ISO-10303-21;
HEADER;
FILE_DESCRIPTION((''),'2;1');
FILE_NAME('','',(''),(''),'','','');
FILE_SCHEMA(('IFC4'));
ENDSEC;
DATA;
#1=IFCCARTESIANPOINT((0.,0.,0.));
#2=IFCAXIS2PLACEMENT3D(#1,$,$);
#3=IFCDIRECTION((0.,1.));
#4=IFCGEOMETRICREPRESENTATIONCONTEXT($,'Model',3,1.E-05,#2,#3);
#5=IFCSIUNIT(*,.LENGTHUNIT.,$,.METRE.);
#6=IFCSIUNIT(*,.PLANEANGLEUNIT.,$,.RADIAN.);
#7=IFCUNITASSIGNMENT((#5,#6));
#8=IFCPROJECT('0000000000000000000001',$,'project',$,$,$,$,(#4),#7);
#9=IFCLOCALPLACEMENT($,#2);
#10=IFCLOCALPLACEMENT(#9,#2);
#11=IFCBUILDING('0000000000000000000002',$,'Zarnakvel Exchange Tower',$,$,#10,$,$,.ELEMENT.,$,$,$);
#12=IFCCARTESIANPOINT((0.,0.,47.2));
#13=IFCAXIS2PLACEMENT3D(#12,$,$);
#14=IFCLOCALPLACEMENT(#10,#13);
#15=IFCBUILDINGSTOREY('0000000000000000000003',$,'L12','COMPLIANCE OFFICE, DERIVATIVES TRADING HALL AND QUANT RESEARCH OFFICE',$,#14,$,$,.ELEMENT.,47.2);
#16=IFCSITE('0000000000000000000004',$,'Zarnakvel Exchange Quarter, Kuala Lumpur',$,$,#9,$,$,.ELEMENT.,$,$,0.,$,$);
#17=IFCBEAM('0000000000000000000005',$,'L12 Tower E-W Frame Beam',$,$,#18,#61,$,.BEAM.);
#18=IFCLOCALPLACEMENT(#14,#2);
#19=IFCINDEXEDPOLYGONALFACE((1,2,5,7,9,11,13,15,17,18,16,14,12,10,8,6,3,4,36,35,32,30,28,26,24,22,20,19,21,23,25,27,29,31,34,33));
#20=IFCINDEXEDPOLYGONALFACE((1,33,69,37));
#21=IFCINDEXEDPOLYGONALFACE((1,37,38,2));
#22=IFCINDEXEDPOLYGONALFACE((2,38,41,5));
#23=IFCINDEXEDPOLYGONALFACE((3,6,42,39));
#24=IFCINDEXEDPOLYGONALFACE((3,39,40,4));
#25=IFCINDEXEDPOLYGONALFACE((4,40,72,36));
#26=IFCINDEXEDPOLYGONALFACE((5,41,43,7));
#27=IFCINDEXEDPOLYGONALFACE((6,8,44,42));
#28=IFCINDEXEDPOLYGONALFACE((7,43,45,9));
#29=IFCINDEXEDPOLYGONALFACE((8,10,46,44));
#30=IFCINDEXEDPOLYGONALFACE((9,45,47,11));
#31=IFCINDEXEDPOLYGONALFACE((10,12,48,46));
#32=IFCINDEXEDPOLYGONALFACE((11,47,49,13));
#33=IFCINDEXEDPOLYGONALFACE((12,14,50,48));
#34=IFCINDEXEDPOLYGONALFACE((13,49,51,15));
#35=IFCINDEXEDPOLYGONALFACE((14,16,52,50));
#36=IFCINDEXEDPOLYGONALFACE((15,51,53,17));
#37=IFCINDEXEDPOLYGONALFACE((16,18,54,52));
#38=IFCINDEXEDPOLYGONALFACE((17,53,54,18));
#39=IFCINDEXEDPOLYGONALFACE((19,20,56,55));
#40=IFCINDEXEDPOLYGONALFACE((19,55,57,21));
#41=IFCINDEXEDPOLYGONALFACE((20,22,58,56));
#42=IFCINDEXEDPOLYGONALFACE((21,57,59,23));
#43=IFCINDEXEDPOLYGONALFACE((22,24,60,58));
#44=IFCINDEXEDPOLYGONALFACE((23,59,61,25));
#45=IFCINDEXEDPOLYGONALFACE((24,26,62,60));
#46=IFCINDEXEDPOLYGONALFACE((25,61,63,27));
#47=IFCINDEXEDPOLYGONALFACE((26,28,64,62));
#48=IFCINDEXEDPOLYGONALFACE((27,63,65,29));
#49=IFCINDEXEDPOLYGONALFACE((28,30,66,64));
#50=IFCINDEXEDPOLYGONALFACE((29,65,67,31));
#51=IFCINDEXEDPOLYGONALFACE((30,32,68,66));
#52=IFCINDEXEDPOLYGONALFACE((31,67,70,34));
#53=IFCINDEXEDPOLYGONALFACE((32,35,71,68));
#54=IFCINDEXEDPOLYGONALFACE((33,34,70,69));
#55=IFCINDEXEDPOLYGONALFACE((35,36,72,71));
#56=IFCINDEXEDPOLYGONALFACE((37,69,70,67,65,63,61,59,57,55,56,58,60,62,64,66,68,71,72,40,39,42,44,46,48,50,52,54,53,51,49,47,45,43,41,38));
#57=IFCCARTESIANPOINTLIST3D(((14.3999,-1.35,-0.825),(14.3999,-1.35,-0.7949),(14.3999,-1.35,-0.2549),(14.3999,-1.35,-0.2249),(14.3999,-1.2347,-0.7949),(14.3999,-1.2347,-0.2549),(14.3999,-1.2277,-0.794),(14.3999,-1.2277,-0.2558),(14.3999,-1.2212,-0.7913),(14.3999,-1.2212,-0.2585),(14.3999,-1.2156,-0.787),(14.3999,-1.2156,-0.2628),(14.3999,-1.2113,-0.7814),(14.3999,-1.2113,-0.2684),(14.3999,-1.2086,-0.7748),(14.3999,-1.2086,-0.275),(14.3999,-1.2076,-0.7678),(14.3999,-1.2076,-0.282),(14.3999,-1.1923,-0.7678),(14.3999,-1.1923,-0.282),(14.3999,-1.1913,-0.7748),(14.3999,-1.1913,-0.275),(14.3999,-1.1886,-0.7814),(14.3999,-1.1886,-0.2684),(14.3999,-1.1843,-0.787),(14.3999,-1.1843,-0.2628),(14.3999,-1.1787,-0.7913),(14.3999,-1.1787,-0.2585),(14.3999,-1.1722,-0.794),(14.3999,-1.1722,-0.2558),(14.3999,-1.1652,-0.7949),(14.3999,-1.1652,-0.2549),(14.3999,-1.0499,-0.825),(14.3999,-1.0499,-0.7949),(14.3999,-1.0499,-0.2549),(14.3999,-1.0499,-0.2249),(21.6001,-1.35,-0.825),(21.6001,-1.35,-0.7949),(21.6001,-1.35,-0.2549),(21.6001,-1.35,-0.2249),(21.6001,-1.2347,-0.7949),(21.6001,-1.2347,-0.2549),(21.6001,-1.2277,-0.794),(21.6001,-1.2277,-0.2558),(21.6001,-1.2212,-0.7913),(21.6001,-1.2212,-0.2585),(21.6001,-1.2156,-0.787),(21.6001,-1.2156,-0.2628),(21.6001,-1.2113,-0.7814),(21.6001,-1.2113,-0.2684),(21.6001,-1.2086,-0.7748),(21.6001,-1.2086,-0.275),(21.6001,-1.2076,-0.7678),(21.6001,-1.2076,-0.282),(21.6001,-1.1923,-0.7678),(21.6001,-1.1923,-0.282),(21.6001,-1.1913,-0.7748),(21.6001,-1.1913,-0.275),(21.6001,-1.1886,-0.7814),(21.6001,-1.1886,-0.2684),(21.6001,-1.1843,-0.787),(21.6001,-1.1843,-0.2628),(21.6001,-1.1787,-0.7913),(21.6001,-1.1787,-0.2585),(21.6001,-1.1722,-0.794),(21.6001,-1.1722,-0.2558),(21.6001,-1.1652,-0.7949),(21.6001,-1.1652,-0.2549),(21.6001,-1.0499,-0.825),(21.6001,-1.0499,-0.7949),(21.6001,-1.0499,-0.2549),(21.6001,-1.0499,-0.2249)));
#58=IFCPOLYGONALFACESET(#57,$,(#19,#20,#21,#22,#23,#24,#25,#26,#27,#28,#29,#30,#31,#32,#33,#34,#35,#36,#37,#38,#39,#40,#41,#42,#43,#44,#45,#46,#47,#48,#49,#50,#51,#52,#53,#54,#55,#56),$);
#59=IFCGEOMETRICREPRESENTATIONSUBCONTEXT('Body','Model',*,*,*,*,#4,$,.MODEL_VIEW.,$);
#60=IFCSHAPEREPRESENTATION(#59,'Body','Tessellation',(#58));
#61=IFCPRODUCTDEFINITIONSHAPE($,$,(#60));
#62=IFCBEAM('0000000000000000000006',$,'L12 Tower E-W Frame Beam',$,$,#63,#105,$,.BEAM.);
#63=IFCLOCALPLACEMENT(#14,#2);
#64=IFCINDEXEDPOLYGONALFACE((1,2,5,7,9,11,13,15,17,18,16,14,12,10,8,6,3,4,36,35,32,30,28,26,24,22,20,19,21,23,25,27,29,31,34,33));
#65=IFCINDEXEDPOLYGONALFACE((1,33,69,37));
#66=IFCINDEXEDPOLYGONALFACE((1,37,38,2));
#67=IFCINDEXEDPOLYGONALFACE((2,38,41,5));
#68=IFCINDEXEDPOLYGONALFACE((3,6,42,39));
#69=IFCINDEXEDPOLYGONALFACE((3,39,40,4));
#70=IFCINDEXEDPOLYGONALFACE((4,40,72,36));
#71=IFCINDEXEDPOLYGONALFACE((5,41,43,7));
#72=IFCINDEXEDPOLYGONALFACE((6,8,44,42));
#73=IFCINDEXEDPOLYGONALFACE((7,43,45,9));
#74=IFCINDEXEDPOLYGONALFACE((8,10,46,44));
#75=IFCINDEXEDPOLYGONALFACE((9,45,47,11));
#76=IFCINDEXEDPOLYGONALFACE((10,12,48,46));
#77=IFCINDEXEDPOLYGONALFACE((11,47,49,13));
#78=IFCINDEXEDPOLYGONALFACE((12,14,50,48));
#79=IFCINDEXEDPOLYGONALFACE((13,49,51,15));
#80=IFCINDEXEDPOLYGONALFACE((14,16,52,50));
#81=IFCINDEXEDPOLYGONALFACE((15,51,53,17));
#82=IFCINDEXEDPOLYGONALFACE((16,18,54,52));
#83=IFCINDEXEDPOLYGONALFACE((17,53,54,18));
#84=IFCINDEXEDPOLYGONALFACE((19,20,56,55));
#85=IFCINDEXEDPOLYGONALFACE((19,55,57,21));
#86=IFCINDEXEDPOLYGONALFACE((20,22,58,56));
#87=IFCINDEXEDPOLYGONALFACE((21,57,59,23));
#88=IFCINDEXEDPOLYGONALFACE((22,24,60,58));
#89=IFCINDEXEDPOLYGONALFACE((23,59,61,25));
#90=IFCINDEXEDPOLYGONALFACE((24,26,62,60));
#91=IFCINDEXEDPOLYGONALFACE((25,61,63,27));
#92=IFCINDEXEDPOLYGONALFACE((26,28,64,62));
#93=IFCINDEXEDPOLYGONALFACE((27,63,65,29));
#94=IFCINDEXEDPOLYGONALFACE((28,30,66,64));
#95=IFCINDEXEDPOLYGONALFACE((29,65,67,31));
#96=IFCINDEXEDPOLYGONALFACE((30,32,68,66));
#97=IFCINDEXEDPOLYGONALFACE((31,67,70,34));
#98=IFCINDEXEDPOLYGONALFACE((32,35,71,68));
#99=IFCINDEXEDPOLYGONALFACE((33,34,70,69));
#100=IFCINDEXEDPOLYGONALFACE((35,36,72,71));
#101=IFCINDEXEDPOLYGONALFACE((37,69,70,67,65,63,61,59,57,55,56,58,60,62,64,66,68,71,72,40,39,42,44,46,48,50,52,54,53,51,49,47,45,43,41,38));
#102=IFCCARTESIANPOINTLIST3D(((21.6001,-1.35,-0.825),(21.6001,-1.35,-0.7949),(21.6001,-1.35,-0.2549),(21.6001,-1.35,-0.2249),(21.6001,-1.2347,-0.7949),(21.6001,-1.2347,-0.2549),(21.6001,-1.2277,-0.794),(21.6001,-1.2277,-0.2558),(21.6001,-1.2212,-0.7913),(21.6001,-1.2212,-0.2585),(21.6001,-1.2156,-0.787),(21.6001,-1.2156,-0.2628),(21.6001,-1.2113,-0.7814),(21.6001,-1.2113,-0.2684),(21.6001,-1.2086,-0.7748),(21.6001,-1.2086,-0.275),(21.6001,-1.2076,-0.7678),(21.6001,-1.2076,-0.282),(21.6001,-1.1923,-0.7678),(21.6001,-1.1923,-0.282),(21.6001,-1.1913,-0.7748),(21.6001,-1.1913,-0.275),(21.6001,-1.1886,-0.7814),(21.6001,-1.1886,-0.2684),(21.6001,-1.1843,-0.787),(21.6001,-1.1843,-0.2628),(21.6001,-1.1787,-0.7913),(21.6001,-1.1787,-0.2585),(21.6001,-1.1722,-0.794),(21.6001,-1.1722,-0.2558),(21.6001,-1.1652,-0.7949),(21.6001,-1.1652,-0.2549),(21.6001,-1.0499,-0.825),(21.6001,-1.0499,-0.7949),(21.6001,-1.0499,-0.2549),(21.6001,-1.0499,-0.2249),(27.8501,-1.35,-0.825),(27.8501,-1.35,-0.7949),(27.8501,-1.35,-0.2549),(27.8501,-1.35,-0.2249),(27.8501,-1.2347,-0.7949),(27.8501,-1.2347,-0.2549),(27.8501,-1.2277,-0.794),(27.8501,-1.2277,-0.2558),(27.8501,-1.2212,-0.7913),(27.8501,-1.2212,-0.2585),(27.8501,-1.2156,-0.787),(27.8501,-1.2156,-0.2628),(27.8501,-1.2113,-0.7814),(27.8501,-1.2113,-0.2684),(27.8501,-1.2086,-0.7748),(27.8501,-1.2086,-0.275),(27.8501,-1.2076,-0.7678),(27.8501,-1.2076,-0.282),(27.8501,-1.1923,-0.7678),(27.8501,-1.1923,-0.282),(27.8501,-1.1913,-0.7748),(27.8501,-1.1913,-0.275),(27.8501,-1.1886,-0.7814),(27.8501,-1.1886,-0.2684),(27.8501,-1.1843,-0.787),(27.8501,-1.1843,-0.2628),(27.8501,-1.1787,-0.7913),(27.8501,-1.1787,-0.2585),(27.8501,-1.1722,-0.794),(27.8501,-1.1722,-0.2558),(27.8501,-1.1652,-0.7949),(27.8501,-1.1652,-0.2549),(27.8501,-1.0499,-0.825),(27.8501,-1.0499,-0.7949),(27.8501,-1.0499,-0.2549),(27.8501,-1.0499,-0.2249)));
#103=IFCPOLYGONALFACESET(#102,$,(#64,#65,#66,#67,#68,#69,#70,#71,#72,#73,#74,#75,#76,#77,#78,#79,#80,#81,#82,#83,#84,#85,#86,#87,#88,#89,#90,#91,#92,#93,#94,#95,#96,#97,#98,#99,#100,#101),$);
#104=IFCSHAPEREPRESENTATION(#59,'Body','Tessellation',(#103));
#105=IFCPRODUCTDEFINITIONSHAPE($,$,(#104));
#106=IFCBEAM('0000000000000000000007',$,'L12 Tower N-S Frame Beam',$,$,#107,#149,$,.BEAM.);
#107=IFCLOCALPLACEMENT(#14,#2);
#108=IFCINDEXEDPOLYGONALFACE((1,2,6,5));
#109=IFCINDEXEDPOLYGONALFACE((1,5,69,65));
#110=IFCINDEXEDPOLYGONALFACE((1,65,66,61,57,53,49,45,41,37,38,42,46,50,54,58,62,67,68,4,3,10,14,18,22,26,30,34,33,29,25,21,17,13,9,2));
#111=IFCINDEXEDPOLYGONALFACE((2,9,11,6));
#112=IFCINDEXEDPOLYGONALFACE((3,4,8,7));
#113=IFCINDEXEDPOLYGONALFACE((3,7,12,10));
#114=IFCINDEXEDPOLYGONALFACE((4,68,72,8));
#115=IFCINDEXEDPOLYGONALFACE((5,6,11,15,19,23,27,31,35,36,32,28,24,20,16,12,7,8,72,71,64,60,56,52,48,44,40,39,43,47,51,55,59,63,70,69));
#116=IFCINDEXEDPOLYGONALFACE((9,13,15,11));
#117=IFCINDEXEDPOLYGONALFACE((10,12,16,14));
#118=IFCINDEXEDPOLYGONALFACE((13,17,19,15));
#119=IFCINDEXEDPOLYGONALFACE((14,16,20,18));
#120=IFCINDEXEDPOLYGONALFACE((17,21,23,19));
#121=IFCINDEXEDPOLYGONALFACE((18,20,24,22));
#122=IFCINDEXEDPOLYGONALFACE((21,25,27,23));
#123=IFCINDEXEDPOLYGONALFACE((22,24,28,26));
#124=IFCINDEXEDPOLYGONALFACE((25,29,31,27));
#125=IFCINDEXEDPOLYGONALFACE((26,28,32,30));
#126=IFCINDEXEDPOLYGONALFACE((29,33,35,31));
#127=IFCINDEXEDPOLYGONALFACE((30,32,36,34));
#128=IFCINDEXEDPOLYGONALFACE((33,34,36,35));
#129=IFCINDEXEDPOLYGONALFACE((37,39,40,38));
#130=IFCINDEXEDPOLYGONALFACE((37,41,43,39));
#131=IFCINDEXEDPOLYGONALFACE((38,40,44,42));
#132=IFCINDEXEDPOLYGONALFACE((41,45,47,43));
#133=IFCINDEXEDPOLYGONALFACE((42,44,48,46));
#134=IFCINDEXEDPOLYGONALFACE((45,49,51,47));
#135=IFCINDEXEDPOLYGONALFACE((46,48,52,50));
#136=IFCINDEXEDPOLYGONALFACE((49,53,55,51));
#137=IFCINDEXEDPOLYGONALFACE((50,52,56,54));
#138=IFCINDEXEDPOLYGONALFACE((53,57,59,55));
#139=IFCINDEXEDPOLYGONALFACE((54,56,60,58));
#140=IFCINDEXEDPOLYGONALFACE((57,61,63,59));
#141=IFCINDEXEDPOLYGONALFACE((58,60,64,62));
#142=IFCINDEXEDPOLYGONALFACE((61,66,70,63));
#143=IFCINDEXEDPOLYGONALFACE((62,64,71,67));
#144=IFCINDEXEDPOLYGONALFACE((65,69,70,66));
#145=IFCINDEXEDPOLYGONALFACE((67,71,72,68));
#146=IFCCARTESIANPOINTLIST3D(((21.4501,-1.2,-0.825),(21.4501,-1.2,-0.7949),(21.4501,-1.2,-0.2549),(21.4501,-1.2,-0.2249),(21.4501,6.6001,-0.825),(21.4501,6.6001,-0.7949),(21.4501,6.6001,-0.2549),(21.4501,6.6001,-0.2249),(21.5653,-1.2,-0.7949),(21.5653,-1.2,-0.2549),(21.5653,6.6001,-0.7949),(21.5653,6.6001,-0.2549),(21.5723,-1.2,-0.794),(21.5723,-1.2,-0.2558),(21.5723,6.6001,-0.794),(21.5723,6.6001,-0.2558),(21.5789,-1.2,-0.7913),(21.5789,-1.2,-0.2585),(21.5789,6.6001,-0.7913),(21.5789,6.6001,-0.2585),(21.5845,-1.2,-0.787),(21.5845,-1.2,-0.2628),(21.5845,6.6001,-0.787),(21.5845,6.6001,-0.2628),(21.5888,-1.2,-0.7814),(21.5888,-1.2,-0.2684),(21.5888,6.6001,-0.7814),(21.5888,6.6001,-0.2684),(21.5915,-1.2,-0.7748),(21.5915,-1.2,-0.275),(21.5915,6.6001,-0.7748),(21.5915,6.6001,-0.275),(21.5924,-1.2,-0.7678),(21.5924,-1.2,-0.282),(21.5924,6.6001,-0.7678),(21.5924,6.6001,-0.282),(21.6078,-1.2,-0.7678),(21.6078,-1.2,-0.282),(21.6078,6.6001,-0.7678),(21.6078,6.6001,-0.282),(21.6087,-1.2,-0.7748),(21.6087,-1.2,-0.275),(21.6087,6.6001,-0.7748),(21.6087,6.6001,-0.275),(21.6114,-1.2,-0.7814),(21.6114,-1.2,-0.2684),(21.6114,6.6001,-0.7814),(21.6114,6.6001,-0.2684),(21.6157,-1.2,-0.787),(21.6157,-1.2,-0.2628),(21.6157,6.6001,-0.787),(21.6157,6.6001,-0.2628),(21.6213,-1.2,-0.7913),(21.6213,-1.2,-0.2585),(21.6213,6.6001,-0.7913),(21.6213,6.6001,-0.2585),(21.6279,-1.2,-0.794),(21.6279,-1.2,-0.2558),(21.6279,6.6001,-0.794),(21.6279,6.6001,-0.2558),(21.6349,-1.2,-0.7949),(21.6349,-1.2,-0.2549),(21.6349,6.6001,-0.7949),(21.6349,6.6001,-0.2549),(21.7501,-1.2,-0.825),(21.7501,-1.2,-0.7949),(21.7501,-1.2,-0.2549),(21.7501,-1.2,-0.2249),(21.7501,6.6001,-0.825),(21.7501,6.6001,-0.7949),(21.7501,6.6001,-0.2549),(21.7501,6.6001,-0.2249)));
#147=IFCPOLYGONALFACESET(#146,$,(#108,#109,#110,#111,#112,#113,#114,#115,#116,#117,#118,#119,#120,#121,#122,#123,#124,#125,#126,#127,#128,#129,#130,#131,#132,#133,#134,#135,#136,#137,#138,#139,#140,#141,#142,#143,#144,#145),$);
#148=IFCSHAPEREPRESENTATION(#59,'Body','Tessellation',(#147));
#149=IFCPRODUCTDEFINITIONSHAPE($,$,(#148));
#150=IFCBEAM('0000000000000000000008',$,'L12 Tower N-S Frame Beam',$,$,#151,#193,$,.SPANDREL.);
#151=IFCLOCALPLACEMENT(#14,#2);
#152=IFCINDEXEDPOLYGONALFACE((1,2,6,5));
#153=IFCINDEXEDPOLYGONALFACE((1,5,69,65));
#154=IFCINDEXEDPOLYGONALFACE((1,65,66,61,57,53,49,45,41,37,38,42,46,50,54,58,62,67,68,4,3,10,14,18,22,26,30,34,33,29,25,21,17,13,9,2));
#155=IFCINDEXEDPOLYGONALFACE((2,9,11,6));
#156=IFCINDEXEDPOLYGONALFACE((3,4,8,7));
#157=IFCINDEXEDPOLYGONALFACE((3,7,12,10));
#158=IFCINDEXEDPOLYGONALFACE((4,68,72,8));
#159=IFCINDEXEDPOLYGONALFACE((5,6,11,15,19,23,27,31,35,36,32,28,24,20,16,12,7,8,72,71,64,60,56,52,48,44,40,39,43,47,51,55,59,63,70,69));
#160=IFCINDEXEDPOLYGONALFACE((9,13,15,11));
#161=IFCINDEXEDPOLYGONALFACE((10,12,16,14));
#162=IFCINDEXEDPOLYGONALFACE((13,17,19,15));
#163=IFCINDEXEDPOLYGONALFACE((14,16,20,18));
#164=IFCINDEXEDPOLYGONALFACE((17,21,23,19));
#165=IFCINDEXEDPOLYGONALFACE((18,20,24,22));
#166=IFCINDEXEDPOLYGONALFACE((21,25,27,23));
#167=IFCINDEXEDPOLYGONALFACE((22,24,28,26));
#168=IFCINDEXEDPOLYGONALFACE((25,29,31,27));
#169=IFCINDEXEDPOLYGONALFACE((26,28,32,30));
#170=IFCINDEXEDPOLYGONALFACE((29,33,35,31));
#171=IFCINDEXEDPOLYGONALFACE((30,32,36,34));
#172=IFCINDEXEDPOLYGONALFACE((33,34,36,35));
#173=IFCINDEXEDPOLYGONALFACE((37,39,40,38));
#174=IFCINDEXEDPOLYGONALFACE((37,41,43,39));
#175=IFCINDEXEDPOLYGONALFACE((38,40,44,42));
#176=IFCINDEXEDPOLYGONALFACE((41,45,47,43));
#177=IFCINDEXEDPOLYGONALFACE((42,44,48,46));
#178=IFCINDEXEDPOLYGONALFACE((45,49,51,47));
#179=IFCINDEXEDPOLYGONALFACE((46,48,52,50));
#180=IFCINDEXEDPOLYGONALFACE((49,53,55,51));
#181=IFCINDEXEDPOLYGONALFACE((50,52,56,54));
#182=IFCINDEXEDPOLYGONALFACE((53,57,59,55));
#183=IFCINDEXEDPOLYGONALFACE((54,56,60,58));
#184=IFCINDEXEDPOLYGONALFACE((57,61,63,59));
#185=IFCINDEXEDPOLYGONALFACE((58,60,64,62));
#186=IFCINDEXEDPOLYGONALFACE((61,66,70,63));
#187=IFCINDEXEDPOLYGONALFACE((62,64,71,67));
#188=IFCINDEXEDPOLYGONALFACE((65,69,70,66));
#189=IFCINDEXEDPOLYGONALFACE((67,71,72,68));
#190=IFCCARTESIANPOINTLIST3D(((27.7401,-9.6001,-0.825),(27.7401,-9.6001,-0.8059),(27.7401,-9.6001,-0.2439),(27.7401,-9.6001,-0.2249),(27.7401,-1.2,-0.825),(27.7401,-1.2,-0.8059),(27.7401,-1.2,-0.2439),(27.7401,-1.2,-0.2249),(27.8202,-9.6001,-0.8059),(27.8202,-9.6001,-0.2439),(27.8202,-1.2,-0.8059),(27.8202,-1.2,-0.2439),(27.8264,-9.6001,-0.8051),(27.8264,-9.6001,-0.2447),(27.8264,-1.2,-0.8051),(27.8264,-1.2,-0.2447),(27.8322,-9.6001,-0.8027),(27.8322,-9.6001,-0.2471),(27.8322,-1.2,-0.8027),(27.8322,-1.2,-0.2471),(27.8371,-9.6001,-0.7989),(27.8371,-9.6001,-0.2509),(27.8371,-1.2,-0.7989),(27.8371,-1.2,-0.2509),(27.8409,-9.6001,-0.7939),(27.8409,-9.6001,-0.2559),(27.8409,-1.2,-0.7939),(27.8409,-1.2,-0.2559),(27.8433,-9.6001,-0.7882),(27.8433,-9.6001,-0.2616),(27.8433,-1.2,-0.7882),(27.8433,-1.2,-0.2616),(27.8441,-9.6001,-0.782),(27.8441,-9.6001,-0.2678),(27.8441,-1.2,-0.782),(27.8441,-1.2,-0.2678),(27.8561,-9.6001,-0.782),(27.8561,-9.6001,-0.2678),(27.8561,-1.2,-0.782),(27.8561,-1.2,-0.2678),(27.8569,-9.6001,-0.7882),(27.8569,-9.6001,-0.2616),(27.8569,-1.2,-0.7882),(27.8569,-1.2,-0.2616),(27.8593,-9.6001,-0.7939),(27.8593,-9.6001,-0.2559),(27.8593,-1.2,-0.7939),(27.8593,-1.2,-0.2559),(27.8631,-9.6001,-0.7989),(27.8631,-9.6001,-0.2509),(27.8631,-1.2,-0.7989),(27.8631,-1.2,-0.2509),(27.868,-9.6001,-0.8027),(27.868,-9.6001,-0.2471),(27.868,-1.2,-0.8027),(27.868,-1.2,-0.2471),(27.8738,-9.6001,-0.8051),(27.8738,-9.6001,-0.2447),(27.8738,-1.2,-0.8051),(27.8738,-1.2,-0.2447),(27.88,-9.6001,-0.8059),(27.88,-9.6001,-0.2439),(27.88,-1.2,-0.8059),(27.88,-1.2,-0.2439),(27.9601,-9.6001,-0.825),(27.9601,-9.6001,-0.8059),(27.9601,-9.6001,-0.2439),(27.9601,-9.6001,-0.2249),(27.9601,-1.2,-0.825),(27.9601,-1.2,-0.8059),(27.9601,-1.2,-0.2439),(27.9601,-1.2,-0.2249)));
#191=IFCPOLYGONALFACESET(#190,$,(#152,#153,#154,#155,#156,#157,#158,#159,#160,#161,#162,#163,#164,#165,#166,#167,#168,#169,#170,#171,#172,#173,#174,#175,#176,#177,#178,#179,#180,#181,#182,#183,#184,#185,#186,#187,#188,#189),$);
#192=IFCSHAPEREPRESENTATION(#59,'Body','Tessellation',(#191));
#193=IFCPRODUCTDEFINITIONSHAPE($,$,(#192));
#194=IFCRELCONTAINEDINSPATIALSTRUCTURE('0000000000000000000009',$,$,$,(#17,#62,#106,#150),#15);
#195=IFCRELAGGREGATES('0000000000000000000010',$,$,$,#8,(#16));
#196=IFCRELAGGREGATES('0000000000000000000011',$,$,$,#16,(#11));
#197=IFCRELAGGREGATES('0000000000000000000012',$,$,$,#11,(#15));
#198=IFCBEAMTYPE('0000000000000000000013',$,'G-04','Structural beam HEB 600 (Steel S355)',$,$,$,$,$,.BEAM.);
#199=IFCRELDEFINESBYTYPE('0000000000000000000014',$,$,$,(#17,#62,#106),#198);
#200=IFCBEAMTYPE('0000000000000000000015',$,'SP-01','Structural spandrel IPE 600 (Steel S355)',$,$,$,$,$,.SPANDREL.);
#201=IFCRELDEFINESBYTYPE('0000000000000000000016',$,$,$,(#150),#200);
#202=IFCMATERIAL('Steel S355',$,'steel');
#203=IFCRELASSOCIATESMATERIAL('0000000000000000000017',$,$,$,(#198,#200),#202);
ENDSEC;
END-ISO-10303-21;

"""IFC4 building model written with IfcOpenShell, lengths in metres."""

from ifc_helpers import new_model, si_unit, direction, frame, origin, origin_2d, place, context, subcontext, project, spatial, i_section, extrude, material, material_profile, profile_set, type_object, element, save


model = new_model("IFC4")

# Units and contexts
model_context = context("Model", 3, precision=1e-05, world=origin(), true_north=direction((0.0, 1.0)))
body_context = subcontext(model_context, "Body", "Model", "MODEL_VIEW")
ifc_project = project(units=[si_unit("LENGTHUNIT", "METRE"), si_unit("PLANEANGLEUNIT", "RADIAN")], contexts=[model_context])

# Site, building, storey
site_placement = place(None, origin())
site = spatial("IfcSite", under=ifc_project, at=site_placement, Name="Zarnakvel Exchange Quarter, Kuala Lumpur", CompositionType="ELEMENT", RefElevation=0.0)
building_placement = place(site_placement, origin())
building = spatial("IfcBuilding", under=site, at=building_placement, Name="Zarnakvel Exchange Tower", CompositionType="ELEMENT")
storey_placement = place(building_placement, frame((0.0, 0.0, 47.2)))
storey = spatial("IfcBuildingStorey", under=building, at=storey_placement, Name="L12", Description="COMPLIANCE OFFICE, DERIVATIVES TRADING HALL AND QUANT RESEARCH OFFICE", CompositionType="ELEMENT", Elevation=47.2)

# Shared definitions
ifc_material_1 = material(Name="Steel S355", Category="steel")

# Beams
ifc_material_profile_1 = material_profile(ifc_material_1, i_section(OverallWidth=0.3, OverallDepth=0.6001, WebThickness=0.0154, FlangeThickness=0.03, FilletRadius=0.0271, at=origin_2d()))
ifc_profile_set_1 = profile_set([ifc_material_profile_1], Name="Steel S355")
beam_type_1 = type_object("IfcBeamType", Name="G-04", Description="Structural beam HEB 600 (Steel S355)", PredefinedType="BEAM", material=ifc_profile_set_1)
beam_1_placement = place(storey_placement, frame((14.3999, -1.2, -0.5249), z_axis=(1.0, 0.0, 0.0), x_axis=(0.0, 1.0, 0.0)))
element("IfcBeam", 1, at=beam_1_placement, inside=storey, type_object=beam_type_1, Name="L12 Tower E-W Frame Beam", PredefinedType="BEAM", context=body_context, shape_type="SweptSolid", body=[
    extrude(i_section(OverallWidth=0.3, OverallDepth=0.6001, WebThickness=0.0154, FlangeThickness=0.03, FilletRadius=0.0271, at=origin_2d()), origin(), (0.0, 0.0, 1.0), 7.2002),
])
beam_2_placement = place(storey_placement, frame((21.6001, -1.2, -0.5249), z_axis=(1.0, 0.0, 0.0), x_axis=(0.0, 1.0, 0.0)))
element("IfcBeam", 2, at=beam_2_placement, inside=storey, type_object=beam_type_1, Name="L12 Tower E-W Frame Beam", PredefinedType="BEAM", context=body_context, shape_type="SweptSolid", body=[
    extrude(i_section(OverallWidth=0.3, OverallDepth=0.6001, WebThickness=0.0154, FlangeThickness=0.03, FilletRadius=0.0271, at=origin_2d()), origin(), (0.0, 0.0, 1.0), 6.25),
])
beam_3_placement = place(storey_placement, frame((21.6001, -1.2, -0.5249), z_axis=(0.0, 1.0, 0.0), x_axis=(-1.0, 0.0, 0.0)))
element("IfcBeam", 3, at=beam_3_placement, inside=storey, type_object=beam_type_1, Name="L12 Tower N-S Frame Beam", PredefinedType="BEAM", context=body_context, shape_type="SweptSolid", body=[
    extrude(i_section(OverallWidth=0.3, OverallDepth=0.6001, WebThickness=0.0154, FlangeThickness=0.03, FilletRadius=0.0271, at=origin_2d()), origin(), (0.0, 0.0, 1.0), 7.8),
])
ifc_material_profile_2 = material_profile(ifc_material_1, i_section(OverallWidth=0.22, OverallDepth=0.6001, WebThickness=0.012, FlangeThickness=0.019, FilletRadius=0.0239, at=origin_2d()))
ifc_profile_set_2 = profile_set([ifc_material_profile_2], Name="Steel S355")
beam_type_2 = type_object("IfcBeamType", Name="SP-01", Description="Structural spandrel IPE 600 (Steel S355)", PredefinedType="SPANDREL", material=ifc_profile_set_2)
beam_4_placement = place(storey_placement, frame((27.8501, -9.6001, -0.5249), z_axis=(0.0, 1.0, 0.0), x_axis=(-1.0, 0.0, 0.0)))
element("IfcBeam", 4, at=beam_4_placement, inside=storey, type_object=beam_type_2, Name="L12 Tower N-S Frame Beam", PredefinedType="SPANDREL", context=body_context, shape_type="SweptSolid", body=[
    extrude(i_section(OverallWidth=0.22, OverallDepth=0.6001, WebThickness=0.012, FlangeThickness=0.019, FilletRadius=0.0239, at=origin_2d()), origin(), (0.0, 0.0, 1.0), 8.4001),
])

save(model, "model.ifc")
